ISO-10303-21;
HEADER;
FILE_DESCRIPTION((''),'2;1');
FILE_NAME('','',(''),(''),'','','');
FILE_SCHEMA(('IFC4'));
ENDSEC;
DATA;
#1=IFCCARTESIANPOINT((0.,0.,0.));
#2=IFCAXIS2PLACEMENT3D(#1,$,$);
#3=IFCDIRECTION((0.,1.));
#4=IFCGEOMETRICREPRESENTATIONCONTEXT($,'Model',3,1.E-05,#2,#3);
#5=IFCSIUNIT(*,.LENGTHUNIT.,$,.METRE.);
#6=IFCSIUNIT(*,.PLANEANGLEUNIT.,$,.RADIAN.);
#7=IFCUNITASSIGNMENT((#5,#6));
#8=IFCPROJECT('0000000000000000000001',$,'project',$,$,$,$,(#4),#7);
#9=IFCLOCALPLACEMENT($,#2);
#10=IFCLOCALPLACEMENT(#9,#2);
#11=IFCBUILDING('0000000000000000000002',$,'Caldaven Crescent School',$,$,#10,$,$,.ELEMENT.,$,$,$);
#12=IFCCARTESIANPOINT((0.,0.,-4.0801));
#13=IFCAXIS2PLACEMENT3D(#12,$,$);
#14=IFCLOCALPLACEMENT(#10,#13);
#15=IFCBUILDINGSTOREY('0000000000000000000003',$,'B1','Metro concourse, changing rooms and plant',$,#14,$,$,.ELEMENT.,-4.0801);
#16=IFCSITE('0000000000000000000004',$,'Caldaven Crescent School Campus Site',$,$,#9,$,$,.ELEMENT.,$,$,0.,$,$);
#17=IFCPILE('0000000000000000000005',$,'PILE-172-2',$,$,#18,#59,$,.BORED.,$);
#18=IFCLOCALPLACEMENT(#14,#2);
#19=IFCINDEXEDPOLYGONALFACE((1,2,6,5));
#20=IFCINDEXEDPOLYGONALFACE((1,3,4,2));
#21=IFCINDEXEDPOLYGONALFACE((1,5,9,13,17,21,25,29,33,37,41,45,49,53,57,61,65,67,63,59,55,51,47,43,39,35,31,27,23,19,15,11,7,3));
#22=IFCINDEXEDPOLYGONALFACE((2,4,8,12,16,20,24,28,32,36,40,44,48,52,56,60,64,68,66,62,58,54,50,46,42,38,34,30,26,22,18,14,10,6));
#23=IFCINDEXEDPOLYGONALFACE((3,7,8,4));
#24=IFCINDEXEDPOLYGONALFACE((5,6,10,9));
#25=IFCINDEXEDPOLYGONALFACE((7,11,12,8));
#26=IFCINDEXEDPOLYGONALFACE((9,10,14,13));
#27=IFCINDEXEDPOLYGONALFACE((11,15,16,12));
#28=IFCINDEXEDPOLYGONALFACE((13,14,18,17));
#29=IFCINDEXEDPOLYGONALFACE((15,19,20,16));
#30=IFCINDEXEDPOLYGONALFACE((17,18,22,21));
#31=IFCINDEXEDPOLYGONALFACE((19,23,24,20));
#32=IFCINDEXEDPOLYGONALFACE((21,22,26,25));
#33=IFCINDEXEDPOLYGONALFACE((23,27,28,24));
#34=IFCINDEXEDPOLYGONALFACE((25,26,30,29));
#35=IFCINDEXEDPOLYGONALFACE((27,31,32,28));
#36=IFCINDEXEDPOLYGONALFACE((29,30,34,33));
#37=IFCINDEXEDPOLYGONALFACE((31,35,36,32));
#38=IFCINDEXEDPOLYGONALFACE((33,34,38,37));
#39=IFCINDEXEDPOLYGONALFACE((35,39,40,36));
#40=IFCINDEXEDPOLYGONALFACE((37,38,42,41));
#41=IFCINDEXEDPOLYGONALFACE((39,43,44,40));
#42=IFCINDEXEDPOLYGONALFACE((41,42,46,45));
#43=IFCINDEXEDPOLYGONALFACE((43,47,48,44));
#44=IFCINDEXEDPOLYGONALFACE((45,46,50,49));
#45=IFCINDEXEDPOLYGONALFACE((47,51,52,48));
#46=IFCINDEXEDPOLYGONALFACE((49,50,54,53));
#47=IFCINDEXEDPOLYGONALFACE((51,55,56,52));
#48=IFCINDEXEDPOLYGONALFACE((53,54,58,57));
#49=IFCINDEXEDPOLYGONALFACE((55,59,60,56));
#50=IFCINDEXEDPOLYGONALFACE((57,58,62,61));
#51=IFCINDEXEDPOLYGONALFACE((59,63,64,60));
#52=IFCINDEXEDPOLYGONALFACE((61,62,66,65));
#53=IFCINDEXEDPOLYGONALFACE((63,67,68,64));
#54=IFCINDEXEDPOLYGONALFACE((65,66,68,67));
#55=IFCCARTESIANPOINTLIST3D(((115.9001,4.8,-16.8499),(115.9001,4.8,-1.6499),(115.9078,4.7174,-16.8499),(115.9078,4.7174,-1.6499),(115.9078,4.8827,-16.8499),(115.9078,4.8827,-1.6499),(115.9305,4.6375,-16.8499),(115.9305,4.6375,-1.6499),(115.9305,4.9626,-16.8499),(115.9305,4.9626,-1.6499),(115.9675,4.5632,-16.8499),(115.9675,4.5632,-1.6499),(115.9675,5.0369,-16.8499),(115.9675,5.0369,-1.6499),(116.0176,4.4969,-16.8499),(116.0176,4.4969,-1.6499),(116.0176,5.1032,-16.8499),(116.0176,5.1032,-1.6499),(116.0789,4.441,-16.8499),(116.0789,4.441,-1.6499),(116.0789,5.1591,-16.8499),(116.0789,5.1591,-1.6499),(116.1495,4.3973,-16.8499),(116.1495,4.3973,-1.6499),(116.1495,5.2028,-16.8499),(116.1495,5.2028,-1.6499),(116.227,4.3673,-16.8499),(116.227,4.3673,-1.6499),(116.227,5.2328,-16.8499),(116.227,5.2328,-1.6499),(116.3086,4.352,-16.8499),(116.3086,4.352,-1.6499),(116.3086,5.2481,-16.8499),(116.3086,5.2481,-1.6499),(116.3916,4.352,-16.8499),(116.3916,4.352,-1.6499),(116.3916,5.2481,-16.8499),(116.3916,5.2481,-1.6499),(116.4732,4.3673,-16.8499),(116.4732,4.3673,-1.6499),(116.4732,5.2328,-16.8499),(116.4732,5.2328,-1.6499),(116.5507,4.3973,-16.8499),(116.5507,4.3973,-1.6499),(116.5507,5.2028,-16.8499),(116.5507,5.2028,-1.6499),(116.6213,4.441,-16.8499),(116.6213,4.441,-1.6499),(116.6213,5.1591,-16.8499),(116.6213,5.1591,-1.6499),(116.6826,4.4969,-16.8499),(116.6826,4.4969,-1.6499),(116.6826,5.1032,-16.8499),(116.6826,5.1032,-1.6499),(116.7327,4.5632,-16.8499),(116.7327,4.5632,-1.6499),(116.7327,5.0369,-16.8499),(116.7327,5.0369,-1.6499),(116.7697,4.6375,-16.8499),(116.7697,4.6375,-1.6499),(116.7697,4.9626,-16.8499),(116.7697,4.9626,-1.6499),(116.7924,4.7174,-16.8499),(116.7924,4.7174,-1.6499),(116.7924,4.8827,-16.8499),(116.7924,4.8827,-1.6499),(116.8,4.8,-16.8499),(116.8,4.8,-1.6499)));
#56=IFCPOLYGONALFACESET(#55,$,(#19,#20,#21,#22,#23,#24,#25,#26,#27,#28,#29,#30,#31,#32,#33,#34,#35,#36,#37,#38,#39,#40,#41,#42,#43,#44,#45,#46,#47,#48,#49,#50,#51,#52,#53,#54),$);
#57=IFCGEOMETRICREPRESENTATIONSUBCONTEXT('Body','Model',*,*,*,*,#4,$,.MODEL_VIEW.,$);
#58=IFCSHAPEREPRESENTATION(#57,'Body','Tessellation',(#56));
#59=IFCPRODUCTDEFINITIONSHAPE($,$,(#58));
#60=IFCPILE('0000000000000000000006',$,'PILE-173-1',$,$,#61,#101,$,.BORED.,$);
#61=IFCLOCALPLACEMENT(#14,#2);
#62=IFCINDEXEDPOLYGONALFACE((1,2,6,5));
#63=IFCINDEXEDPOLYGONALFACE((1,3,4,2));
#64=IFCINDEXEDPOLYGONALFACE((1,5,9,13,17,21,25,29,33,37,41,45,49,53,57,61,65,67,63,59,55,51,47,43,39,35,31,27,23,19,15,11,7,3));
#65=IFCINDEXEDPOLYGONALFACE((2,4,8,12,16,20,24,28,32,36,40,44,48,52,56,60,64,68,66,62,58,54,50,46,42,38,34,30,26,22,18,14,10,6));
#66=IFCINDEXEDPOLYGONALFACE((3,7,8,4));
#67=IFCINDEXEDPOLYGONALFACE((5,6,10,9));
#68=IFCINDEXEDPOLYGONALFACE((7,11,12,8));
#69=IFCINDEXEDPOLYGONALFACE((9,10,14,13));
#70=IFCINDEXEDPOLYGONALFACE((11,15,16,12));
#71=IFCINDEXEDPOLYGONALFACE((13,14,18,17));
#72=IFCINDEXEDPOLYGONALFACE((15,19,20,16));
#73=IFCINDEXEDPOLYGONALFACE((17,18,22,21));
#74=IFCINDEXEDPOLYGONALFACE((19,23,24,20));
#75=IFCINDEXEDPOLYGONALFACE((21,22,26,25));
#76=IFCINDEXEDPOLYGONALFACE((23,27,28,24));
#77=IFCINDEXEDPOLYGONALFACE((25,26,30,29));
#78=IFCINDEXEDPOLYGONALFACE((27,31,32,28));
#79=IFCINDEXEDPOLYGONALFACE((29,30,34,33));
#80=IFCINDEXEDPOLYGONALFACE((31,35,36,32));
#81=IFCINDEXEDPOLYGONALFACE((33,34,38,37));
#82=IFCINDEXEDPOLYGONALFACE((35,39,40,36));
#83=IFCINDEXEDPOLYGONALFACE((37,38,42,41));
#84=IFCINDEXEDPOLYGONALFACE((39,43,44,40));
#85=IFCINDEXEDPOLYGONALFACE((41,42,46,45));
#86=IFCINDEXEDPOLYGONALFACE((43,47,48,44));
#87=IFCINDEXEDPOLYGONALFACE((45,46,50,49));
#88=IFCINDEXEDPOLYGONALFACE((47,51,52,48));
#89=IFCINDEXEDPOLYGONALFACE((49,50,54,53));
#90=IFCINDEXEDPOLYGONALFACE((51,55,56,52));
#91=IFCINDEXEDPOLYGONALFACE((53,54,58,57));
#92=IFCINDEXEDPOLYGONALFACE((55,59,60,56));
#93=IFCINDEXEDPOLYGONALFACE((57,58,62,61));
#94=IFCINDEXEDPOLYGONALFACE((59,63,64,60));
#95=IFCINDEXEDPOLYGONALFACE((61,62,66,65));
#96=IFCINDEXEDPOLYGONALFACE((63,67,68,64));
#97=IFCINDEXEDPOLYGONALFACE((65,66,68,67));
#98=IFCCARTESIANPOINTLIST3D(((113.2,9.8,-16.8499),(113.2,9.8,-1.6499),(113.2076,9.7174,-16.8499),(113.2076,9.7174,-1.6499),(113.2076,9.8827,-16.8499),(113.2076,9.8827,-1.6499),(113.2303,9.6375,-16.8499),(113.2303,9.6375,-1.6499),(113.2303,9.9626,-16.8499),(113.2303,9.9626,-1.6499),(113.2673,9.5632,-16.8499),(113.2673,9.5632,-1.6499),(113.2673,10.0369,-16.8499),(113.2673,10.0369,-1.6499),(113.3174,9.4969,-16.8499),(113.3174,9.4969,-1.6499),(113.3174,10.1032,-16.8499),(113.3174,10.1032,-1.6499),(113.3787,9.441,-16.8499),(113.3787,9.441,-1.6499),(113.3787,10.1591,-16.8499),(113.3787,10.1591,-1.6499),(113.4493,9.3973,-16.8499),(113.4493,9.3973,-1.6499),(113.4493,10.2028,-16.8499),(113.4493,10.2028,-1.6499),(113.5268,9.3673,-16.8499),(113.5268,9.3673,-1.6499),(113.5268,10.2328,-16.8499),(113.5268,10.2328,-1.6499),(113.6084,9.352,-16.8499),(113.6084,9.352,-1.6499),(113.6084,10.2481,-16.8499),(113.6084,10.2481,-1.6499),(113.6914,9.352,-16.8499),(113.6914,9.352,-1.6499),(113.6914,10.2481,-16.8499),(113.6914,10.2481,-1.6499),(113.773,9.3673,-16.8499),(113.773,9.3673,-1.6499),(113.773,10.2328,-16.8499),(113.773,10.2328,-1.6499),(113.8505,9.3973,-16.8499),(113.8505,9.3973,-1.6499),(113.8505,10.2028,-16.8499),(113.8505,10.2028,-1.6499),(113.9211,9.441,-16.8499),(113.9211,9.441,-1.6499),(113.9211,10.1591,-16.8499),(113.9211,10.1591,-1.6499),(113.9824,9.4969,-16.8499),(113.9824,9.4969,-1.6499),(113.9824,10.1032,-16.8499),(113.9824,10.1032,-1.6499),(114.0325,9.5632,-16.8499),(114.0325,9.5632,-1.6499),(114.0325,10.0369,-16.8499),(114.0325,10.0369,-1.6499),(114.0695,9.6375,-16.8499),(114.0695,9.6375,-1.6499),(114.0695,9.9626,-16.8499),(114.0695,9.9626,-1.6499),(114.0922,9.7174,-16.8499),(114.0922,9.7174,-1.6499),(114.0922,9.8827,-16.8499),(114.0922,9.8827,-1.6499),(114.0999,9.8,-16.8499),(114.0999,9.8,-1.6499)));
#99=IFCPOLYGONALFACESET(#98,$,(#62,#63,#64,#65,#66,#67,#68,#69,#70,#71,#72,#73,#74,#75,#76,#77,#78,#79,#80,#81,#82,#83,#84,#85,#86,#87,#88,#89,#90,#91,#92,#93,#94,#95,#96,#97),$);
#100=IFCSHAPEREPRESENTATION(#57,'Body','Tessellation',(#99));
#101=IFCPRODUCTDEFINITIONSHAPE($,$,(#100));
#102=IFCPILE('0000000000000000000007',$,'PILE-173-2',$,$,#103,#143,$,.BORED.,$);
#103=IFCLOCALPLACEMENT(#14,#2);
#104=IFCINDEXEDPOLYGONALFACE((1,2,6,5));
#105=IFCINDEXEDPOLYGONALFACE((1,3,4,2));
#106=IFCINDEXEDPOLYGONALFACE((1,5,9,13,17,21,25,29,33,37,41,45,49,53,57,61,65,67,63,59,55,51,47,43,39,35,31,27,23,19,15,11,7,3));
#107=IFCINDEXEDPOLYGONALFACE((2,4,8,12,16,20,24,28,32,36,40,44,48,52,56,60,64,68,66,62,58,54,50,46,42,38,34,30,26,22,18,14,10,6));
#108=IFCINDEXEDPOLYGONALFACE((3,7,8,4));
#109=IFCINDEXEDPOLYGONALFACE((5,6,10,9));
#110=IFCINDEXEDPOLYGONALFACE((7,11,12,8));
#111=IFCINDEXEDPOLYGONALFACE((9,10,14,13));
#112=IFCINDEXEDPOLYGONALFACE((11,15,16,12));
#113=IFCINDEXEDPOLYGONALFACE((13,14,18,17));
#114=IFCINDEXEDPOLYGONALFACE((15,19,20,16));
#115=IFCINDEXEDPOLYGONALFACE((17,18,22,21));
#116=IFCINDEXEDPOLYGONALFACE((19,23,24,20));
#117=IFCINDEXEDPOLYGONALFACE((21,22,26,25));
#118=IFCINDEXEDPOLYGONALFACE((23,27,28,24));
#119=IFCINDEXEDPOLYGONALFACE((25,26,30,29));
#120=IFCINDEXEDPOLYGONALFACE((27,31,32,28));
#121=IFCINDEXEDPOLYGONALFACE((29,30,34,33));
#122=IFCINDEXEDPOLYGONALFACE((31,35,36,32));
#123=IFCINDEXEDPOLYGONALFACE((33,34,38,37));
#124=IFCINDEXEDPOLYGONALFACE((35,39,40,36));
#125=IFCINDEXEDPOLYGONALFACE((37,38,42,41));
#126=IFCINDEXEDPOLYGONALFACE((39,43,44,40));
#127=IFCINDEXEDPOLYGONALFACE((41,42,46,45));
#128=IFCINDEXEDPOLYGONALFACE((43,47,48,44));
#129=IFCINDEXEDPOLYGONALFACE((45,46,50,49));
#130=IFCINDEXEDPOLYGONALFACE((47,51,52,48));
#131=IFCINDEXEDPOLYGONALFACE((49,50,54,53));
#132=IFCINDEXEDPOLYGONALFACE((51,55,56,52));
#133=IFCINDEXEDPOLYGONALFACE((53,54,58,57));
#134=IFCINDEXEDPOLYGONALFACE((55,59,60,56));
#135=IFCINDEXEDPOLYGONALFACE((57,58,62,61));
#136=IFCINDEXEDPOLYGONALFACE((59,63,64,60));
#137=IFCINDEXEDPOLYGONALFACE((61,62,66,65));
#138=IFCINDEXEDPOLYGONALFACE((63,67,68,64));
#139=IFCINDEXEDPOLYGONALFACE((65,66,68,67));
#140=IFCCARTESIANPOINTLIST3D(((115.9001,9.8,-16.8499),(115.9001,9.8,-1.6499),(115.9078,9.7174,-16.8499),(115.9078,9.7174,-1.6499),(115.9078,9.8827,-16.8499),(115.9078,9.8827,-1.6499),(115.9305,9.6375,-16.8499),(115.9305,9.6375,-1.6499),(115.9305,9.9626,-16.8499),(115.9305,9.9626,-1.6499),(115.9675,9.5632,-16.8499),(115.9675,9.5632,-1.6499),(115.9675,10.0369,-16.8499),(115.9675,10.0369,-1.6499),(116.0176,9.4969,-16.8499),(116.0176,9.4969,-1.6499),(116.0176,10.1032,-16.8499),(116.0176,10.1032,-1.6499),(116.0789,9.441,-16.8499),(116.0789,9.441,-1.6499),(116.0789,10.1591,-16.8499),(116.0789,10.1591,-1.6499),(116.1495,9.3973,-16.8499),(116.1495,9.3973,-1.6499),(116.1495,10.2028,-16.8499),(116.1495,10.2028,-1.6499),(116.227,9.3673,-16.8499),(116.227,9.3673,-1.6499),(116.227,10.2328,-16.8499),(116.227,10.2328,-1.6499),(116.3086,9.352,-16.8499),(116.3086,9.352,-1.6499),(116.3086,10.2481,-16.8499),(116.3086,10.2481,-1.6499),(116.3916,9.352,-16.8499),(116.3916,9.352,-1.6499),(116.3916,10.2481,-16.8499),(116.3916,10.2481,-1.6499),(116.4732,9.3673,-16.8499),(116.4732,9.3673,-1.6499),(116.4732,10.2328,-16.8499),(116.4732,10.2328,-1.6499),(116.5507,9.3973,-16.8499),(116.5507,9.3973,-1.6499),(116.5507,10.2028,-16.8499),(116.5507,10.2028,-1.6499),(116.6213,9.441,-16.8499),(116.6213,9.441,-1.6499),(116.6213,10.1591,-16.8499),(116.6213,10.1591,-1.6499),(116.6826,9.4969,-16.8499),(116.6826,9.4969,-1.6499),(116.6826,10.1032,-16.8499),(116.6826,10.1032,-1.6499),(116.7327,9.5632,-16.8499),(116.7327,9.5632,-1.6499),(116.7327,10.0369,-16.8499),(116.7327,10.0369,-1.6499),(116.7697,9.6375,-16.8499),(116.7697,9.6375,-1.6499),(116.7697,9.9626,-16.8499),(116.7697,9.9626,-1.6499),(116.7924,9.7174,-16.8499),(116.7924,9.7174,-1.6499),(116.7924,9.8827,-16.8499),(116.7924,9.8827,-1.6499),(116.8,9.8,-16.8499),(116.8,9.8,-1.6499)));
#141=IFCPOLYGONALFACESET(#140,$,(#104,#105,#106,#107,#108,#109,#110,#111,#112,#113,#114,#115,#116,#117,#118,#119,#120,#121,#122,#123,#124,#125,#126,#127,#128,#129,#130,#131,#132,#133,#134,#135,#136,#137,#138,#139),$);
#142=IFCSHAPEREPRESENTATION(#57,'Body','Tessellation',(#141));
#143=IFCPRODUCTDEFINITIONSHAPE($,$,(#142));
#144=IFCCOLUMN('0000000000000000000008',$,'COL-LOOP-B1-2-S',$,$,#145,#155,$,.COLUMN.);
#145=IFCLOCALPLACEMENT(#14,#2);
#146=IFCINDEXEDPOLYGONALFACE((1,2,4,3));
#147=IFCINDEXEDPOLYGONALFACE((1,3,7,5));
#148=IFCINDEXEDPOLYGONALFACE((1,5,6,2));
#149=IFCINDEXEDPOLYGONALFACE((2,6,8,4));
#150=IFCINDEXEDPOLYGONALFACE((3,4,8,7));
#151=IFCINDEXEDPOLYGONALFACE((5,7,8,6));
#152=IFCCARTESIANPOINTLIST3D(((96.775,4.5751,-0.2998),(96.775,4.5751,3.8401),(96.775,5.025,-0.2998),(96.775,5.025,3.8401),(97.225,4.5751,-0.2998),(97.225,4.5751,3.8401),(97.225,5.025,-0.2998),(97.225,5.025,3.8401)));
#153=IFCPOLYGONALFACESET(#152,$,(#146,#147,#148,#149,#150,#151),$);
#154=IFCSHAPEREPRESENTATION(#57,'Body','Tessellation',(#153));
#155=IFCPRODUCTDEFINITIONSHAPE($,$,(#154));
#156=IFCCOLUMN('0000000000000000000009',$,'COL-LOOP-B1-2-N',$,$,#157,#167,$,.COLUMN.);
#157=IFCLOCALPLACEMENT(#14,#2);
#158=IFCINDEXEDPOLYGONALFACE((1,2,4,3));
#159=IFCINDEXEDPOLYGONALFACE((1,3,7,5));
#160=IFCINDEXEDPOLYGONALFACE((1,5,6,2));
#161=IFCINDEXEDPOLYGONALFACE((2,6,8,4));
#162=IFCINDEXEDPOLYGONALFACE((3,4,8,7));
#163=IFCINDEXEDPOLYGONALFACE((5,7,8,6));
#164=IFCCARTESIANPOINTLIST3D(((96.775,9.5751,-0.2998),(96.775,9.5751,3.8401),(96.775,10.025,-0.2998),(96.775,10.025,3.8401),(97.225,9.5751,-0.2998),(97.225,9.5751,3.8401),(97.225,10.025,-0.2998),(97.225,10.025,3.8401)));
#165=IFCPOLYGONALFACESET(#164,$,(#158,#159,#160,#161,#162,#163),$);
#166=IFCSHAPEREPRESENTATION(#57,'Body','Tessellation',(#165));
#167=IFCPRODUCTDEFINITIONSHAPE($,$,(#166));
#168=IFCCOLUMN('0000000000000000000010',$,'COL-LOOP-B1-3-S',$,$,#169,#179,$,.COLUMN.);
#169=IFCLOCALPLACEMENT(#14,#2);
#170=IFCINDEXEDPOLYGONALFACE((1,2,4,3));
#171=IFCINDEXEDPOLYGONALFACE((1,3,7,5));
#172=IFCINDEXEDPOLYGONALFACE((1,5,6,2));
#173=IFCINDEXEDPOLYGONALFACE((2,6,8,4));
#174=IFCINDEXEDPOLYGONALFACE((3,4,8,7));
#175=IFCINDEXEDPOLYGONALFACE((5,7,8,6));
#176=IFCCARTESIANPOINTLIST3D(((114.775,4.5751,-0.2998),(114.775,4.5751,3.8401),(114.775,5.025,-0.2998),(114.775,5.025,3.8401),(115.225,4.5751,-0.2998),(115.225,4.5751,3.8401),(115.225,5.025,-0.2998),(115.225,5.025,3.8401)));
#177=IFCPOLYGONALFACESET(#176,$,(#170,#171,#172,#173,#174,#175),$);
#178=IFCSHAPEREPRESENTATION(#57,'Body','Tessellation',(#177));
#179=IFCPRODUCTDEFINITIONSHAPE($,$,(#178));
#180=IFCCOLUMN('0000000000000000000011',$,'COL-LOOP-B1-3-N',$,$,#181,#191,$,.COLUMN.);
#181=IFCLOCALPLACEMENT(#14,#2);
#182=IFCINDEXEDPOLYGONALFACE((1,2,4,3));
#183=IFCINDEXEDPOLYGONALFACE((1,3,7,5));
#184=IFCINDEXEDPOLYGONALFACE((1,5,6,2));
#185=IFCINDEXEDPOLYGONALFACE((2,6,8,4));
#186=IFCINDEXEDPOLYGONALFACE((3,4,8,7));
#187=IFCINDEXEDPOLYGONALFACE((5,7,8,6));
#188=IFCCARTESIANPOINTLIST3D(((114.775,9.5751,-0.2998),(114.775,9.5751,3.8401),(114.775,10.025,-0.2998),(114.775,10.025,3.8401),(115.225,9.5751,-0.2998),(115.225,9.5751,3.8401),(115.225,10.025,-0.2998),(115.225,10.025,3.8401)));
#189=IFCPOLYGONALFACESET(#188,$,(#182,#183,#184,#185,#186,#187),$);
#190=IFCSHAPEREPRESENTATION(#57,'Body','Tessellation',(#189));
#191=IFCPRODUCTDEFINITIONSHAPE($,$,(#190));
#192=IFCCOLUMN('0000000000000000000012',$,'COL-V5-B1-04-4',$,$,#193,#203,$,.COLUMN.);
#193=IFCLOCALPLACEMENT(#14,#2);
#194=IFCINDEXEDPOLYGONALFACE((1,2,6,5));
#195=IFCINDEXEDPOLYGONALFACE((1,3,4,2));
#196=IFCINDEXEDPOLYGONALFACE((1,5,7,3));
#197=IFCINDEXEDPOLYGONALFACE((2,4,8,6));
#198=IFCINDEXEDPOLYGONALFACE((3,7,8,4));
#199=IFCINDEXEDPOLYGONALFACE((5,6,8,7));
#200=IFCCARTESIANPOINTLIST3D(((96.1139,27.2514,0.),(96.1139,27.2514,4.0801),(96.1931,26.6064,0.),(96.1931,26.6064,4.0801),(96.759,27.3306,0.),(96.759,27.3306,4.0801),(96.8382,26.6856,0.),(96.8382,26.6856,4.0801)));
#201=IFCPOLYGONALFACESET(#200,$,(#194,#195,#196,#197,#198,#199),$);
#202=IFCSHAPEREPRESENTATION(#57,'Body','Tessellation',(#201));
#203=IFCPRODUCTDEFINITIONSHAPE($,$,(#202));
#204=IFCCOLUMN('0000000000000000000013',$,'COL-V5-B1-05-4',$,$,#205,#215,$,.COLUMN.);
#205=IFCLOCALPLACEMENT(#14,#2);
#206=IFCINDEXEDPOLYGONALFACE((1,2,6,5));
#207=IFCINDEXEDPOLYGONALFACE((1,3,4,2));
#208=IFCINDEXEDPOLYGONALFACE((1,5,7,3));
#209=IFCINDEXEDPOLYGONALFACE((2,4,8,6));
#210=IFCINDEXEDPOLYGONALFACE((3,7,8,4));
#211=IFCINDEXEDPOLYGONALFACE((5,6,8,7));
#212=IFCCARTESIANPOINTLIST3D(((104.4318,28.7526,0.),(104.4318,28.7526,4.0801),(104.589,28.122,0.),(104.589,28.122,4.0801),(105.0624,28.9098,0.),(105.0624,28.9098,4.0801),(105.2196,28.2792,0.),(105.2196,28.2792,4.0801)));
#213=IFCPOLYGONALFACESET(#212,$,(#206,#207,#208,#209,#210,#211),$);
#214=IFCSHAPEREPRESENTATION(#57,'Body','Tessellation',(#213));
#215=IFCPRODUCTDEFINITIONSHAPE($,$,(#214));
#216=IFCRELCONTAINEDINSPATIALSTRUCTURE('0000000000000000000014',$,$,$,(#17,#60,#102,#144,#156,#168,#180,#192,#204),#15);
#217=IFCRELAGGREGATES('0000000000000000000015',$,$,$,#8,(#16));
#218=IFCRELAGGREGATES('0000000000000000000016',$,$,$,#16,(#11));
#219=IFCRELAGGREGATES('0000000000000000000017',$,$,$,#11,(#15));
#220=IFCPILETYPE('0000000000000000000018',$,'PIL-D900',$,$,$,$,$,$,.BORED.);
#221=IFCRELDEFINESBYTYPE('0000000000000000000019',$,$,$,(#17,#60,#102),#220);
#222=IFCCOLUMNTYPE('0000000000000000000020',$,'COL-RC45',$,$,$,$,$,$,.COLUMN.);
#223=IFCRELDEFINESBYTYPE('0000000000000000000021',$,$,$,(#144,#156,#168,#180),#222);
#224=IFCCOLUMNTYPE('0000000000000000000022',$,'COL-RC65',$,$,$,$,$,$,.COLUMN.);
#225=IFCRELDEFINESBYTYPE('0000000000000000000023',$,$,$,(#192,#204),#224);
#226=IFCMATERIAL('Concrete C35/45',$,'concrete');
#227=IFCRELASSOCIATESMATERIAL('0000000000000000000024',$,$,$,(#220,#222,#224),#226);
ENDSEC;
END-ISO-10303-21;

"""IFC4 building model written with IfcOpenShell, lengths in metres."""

from ifc_helpers import new_model, si_unit, direction, frame, origin, origin_2d, place, context, subcontext, project, spatial, rectangle, circle, extrude, material, material_profile, profile_set, type_object, element, save


model = new_model("IFC4")

# Units and contexts
model_context = context("Model", 3, precision=1e-05, world=origin(), true_north=direction((0.0, 1.0)))
body_context = subcontext(model_context, "Body", "Model", "MODEL_VIEW")
ifc_project = project(units=[si_unit("LENGTHUNIT", "METRE"), si_unit("PLANEANGLEUNIT", "RADIAN")], contexts=[model_context])

# Site, building, storey
site_placement = place(None, origin())
site = spatial("IfcSite", under=ifc_project, at=site_placement, Name="Caldaven Crescent School Campus Site", CompositionType="ELEMENT", RefElevation=0.0)
building_placement = place(site_placement, origin())
building = spatial("IfcBuilding", under=site, at=building_placement, Name="Caldaven Crescent School", CompositionType="ELEMENT")
storey_placement = place(building_placement, frame((0.0, 0.0, -4.0801)))
storey = spatial("IfcBuildingStorey", under=building, at=storey_placement, Name="B1", Description="Metro concourse, changing rooms and plant", CompositionType="ELEMENT", Elevation=-4.0801)

# Shared definitions
ifc_material_1 = material(Name="Concrete C35/45", Category="concrete")

# Piles
ifc_material_profile_1 = material_profile(ifc_material_1, circle(Radius=0.45, at=origin_2d()), Name="PILE D900")
ifc_profile_set_1 = profile_set([ifc_material_profile_1], Name="Concrete C35/45")
pile_type_1 = type_object("IfcPileType", Name="PIL-D900", PredefinedType="BORED", material=ifc_profile_set_1)
for number, where, z_axis, x_axis, name in (
    (1, (116.3501, 4.8, -1.6499), (0.0, 0.0, -1.0), (1.0, 0.0, 0.0), "PILE-172-2"),
    (2, (113.6499, 9.8, -1.6499), (0.0, 0.0, -1.0), (1.0, 0.0, 0.0), "PILE-173-1"),
    (3, (116.3501, 9.8, -1.6499), (0.0, 0.0, -1.0), (1.0, 0.0, 0.0), "PILE-173-2"),
):
    element("IfcPile", number, at=place(storey_placement, frame(where, z_axis=z_axis, x_axis=x_axis)), inside=storey, type_object=pile_type_1, Name=name, PredefinedType="BORED", context=body_context, shape_type="SweptSolid", body=[
        extrude(circle(Radius=0.45, at=origin_2d()), origin(), (0.0, 0.0, 1.0), 15.2),
    ])

# Columns
ifc_material_profile_2 = material_profile(ifc_material_1, rectangle(XDim=0.45, YDim=0.45, at=origin_2d()), Name="RC 450x450")
ifc_profile_set_2 = profile_set([ifc_material_profile_2], Name="Concrete C35/45")
column_type_1 = type_object("IfcColumnType", Name="COL-RC45", PredefinedType="COLUMN", material=ifc_profile_set_2)
for number, where, z_axis, x_axis, name in (
    (4, (97.0, 4.8, -0.2998), (0.0, 0.0, 1.0), (1.0, 0.0, 0.0), "COL-LOOP-B1-2-S"),
    (5, (97.0, 9.8, -0.2998), (0.0, 0.0, 1.0), (1.0, 0.0, 0.0), "COL-LOOP-B1-2-N"),
    (6, (115.0, 4.8, -0.2998), (0.0, 0.0, 1.0), (1.0, 0.0, 0.0), "COL-LOOP-B1-3-S"),
    (7, (115.0, 9.8, -0.2998), (0.0, 0.0, 1.0), (1.0, 0.0, 0.0), "COL-LOOP-B1-3-N"),
):
    element("IfcColumn", number, at=place(storey_placement, frame(where, z_axis=z_axis, x_axis=x_axis)), inside=storey, type_object=column_type_1, Name=name, PredefinedType="COLUMN", context=body_context, shape_type="SweptSolid", body=[
        extrude(rectangle(XDim=0.45, YDim=0.45, at=origin_2d()), origin(), (0.0, 0.0, 1.0), 4.1399),
    ])
ifc_material_profile_3 = material_profile(ifc_material_1, rectangle(XDim=0.6499, YDim=0.6499, at=origin_2d()), Name="RC 650x650")
ifc_profile_set_3 = profile_set([ifc_material_profile_3], Name="Concrete C35/45")
column_type_2 = type_object("IfcColumnType", Name="COL-RC65", PredefinedType="COLUMN", material=ifc_profile_set_3)
for number, where, z_axis, x_axis, name in (
    (8, (96.4761, 26.9685, 0.0), (0.0, 0.0, 1.0), (0.121869, -0.992546, 0.0), "COL-V5-B1-04-4"),
    (9, (104.8257, 28.5159, 0.0), (0.0, 0.0, 1.0), (0.241922, -0.970296, 0.0), "COL-V5-B1-05-4"),
):
    element("IfcColumn", number, at=place(storey_placement, frame(where, z_axis=z_axis, x_axis=x_axis)), inside=storey, type_object=column_type_2, Name=name, PredefinedType="COLUMN", context=body_context, shape_type="SweptSolid", body=[
        extrude(rectangle(XDim=0.6499, YDim=0.6499, at=origin_2d()), origin(), (0.0, 0.0, 1.0), 4.0801),
    ])

save(model, "model.ifc")
